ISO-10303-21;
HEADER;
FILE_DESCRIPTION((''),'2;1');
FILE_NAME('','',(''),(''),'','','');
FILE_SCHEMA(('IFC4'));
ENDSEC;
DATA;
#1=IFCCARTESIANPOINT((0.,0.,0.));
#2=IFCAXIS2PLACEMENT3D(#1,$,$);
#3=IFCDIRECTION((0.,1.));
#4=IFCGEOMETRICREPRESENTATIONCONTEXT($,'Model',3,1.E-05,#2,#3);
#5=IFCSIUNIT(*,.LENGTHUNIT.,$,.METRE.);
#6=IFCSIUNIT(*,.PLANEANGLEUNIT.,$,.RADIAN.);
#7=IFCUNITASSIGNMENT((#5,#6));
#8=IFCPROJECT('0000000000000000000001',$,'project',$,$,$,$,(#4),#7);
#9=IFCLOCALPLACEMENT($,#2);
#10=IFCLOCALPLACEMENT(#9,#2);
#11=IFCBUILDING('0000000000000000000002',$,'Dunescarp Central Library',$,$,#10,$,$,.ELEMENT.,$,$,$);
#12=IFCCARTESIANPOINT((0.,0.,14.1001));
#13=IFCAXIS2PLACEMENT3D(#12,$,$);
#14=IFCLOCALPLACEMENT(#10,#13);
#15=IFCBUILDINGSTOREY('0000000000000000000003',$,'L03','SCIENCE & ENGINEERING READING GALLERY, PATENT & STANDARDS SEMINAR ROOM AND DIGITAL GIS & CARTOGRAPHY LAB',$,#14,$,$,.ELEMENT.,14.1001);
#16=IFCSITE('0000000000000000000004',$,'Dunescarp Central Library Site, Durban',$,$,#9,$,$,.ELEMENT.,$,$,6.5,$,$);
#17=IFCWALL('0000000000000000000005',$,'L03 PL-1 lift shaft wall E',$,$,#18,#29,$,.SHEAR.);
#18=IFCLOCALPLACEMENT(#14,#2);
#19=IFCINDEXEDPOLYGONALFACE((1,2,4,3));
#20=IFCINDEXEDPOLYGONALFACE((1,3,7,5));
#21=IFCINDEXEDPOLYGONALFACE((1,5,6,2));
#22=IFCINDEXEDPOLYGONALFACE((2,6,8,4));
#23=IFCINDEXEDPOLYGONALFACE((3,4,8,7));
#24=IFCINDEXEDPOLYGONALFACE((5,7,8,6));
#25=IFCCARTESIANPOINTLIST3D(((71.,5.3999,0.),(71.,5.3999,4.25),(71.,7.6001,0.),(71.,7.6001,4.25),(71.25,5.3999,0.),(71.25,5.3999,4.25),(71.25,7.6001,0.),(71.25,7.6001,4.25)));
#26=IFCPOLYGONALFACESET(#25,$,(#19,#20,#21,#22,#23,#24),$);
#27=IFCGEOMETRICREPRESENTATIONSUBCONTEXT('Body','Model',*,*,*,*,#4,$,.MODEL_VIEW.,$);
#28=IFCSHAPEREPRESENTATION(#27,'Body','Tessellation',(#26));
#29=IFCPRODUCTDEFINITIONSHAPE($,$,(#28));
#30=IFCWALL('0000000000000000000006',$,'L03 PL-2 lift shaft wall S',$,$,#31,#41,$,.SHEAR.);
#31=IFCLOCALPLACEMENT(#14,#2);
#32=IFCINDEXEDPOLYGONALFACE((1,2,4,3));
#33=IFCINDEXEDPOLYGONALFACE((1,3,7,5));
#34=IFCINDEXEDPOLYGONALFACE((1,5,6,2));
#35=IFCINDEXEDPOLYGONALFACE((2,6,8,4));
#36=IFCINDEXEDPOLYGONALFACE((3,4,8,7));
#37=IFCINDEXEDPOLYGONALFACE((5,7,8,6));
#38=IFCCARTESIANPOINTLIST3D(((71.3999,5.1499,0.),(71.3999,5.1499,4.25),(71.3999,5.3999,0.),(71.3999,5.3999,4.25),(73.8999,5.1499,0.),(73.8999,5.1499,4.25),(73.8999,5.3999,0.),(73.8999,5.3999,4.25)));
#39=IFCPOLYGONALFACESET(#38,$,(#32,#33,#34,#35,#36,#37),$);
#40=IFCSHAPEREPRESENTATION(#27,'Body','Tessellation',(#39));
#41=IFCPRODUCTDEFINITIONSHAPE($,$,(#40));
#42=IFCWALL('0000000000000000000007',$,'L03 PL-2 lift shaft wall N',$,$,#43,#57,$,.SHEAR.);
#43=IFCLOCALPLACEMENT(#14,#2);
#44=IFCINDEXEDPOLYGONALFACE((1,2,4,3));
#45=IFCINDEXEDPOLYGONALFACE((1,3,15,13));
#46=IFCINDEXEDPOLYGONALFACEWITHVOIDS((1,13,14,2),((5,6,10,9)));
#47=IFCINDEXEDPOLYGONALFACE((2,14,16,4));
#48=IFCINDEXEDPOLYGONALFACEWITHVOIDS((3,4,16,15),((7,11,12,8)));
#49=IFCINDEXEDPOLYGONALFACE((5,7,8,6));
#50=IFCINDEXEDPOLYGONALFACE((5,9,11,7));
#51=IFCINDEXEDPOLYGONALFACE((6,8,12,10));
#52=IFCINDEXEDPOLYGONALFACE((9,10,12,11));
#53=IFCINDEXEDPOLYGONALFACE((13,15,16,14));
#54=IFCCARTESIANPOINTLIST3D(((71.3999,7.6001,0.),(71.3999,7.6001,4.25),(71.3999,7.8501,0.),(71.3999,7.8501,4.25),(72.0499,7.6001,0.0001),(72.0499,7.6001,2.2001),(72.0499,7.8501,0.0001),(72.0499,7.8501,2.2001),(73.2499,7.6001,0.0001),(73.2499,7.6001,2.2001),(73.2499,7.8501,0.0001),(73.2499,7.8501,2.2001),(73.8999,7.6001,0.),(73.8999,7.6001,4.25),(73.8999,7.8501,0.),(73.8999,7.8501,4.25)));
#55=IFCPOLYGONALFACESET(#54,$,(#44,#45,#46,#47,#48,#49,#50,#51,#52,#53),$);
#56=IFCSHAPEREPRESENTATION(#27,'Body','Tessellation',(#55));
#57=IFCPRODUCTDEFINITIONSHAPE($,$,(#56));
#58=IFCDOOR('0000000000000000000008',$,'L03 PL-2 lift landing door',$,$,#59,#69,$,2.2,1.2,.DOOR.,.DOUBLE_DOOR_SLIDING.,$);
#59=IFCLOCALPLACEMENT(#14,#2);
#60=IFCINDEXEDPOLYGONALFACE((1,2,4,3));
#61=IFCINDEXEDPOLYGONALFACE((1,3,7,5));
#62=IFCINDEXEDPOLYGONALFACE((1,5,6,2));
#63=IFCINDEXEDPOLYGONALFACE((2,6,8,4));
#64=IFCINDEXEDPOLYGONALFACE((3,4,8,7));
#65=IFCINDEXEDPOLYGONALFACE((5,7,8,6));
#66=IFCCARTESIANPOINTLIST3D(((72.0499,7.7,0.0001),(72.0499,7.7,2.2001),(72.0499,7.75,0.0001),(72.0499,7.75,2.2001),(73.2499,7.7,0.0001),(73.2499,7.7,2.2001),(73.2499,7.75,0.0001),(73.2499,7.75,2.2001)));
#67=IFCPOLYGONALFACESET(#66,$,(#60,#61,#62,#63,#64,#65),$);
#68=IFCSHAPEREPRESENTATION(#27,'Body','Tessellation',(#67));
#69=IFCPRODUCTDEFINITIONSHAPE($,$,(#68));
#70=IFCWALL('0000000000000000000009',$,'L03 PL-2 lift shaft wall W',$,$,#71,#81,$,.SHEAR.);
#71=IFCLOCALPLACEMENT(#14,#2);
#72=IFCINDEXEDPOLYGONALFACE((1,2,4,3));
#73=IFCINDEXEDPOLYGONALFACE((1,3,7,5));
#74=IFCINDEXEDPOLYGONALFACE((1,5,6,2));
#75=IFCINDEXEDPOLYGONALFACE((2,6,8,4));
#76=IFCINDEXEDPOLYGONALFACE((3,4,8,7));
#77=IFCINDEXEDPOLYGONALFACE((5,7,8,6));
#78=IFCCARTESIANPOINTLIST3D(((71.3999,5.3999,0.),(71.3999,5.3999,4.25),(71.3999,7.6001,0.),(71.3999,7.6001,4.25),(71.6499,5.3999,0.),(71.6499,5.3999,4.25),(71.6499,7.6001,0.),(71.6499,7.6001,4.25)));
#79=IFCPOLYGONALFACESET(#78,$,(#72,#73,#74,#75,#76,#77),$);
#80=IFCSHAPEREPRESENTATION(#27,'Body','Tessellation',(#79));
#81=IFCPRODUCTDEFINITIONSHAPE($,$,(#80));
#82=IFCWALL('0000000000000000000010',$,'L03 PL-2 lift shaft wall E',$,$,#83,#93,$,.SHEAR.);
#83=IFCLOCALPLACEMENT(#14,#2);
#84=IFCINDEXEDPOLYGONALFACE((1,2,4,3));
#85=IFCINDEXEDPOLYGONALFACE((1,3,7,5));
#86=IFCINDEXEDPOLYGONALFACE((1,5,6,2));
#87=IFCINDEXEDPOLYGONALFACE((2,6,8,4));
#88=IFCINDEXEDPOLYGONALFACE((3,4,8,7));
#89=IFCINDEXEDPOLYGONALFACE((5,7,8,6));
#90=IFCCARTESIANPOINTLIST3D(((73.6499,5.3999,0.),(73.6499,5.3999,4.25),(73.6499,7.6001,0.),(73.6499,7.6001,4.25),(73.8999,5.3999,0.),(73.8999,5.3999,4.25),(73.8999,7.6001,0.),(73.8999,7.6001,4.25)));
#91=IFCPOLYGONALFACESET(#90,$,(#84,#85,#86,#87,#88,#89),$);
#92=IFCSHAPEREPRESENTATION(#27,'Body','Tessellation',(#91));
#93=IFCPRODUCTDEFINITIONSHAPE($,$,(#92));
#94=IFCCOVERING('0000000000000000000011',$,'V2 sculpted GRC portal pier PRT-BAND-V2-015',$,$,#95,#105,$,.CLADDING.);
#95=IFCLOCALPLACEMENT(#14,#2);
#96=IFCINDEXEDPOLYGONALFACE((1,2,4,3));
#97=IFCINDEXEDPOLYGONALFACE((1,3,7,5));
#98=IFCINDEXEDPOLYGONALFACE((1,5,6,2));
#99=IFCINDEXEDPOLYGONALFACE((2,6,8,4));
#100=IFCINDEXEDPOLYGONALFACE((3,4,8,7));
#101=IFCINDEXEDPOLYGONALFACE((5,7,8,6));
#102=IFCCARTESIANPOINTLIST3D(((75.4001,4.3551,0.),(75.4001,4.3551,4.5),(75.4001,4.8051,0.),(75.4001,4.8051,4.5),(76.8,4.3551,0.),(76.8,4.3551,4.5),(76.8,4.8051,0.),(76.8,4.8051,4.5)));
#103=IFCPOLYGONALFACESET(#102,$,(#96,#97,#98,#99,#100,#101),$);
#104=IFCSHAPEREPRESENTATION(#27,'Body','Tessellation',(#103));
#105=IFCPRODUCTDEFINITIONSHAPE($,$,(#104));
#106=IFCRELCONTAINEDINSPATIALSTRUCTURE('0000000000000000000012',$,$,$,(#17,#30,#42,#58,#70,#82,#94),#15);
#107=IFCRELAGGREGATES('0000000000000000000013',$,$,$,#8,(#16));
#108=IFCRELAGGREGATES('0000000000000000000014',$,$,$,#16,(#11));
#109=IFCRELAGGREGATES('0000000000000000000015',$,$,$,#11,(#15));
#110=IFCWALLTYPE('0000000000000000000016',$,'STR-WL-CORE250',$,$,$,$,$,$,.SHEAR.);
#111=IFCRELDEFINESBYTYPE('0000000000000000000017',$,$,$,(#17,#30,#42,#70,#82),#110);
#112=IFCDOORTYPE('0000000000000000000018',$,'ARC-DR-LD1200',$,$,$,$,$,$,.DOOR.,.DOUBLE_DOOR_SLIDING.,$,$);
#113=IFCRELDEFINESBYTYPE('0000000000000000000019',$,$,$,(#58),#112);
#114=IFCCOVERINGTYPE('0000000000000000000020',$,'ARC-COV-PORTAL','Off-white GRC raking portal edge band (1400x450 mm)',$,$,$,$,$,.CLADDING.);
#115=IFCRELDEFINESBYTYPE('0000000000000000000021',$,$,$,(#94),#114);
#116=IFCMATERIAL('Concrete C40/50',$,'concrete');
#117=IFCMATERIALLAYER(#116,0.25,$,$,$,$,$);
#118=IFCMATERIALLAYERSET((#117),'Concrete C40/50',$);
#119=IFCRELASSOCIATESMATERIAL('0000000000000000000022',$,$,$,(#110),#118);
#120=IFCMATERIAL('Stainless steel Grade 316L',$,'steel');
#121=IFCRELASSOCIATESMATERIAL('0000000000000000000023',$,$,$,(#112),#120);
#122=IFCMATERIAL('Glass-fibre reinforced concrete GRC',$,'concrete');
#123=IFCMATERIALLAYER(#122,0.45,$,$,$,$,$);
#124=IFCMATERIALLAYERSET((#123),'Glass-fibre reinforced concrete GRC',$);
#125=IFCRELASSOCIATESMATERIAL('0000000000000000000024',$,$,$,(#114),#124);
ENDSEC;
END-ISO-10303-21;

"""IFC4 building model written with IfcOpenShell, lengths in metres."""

from ifc_helpers import new_model, si_unit, direction, frame, frame_2d, origin, origin_2d, place, context, subcontext, project, spatial, rectangle, extrude, material, layer, layer_set, type_object, element, fill, save


model = new_model("IFC4")

# Units and contexts
model_context = context("Model", 3, precision=1e-05, world=origin(), true_north=direction((0.0, 1.0)))
body_context = subcontext(model_context, "Body", "Model", "MODEL_VIEW")
ifc_project = project(units=[si_unit("LENGTHUNIT", "METRE"), si_unit("PLANEANGLEUNIT", "RADIAN")], contexts=[model_context])

# Site, building, storey
site_placement = place(None, origin())
site = spatial("IfcSite", under=ifc_project, at=site_placement, Name="Dunescarp Central Library Site, Durban", CompositionType="ELEMENT", RefElevation=6.5)
building_placement = place(site_placement, origin())
building = spatial("IfcBuilding", under=site, at=building_placement, Name="Dunescarp Central Library", CompositionType="ELEMENT")
storey_placement = place(building_placement, frame((0.0, 0.0, 14.1001)))
storey = spatial("IfcBuildingStorey", under=building, at=storey_placement, Name="L03", Description="SCIENCE & ENGINEERING READING GALLERY, PATENT & STANDARDS SEMINAR ROOM AND DIGITAL GIS & CARTOGRAPHY LAB", CompositionType="ELEMENT", Elevation=14.1001)

# Shared definitions
ifc_material_1 = material(Name="Concrete C40/50", Category="concrete")
ifc_layer_1 = layer(ifc_material_1, 0.25)
ifc_layer_set_1 = layer_set([ifc_layer_1], Name="Concrete C40/50")
wall_type_1 = type_object("IfcWallType", Name="STR-WL-CORE250", PredefinedType="SHEAR", material=ifc_layer_set_1)

# Shared definitions
ifc_material_2 = material(Name="Stainless steel Grade 316L", Category="steel")
door_type_1 = type_object("IfcDoorType", Name="ARC-DR-LD1200", OperationType="DOUBLE_DOOR_SLIDING", PredefinedType="DOOR", material=ifc_material_2)

# Walls
for number, where, z_axis, x_axis, name in (
    (1, (71.125, 7.6001, 0.0), (0.0, 0.0, 1.0), (0.0, -1.0, 0.0), "L03 PL-1 lift shaft wall E"),
):
    element("IfcWall", number, at=place(storey_placement, frame(where, z_axis=z_axis, x_axis=x_axis)), inside=storey, type_object=wall_type_1, Name=name, PredefinedType="SHEAR", context=body_context, shape_type="SweptSolid", body=[
        extrude(rectangle(XDim=2.2002, YDim=0.25, at=frame_2d((1.1001, 0.0))), origin(), (0.0, 0.0, 1.0), 4.25),
    ])
wall_1_placement = place(storey_placement, frame((73.8999, 5.2749, 0.0), z_axis=(0.0, 0.0, 1.0), x_axis=(-1.0, 0.0, 0.0)))
element("IfcWall", 2, at=wall_1_placement, inside=storey, type_object=wall_type_1, Name="L03 PL-2 lift shaft wall S", PredefinedType="SHEAR", context=body_context, shape_type="SweptSolid", body=[
    extrude(rectangle(XDim=2.5, YDim=0.25, at=frame_2d((1.25, 0.0))), origin(), (0.0, 0.0, 1.0), 4.25),
])

# Wall, opening, door
wall_2_placement = place(storey_placement, frame((71.3999, 7.7251, 0.0), z_axis=(0.0, 0.0, 1.0), x_axis=(1.0, 0.0, 0.0)))
wall_2 = element("IfcWall", 3, at=wall_2_placement, inside=storey, type_object=wall_type_1, Name="L03 PL-2 lift shaft wall N", PredefinedType="SHEAR", context=body_context, shape_type="SweptSolid", body=[
    extrude(rectangle(XDim=2.5, YDim=0.25, at=frame_2d((1.25, 0.0))), origin(), (0.0, 0.0, 1.0), 4.25),
])
opening_1_placement = place(wall_2_placement, frame((0.6499, 0.0, 0.0)))
opening_1 = element("IfcOpeningElement", 4, at=opening_1_placement, cuts=wall_2, PredefinedType="OPENING", context=body_context, shape_type="SweptSolid", body=[
    extrude(rectangle(XDim=1.2, YDim=2.2, at=frame_2d((0.6001, 1.1001))), frame((0.0, 0.135, 0.0), z_axis=(0.0, -1.0, 0.0), x_axis=(1.0, 0.0, 0.0)), (0.0, 0.0, 1.0), 0.27),
])
door_1_placement = place(opening_1_placement, origin())
door_1 = element("IfcDoor", 5, at=door_1_placement, inside=storey, type_object=door_type_1, Name="L03 PL-2 lift landing door", OperationType="DOUBLE_DOOR_SLIDING", OverallHeight=2.2, OverallWidth=1.2, PredefinedType="DOOR", context=body_context, shape_type="SweptSolid", body=[
    extrude(rectangle(XDim=1.2, YDim=2.2, at=frame_2d((0.6001, 1.1001))), frame((0.0, 0.0249, 0.0), z_axis=(0.0, -1.0, 0.0), x_axis=(1.0, 0.0, 0.0)), (0.0, 0.0, 1.0), 0.05),
])
fill(opening_1, door_1)

# Walls
for number, where, z_axis, x_axis, name in (
    (6, (71.5249, 5.3999, 0.0), (0.0, 0.0, 1.0), (0.0, 1.0, 0.0), "L03 PL-2 lift shaft wall W"),
    (7, (73.7749, 7.6001, 0.0), (0.0, 0.0, 1.0), (0.0, -1.0, 0.0), "L03 PL-2 lift shaft wall E"),
):
    element("IfcWall", number, at=place(storey_placement, frame(where, z_axis=z_axis, x_axis=x_axis)), inside=storey, type_object=wall_type_1, Name=name, PredefinedType="SHEAR", context=body_context, shape_type="SweptSolid", body=[
        extrude(rectangle(XDim=2.2002, YDim=0.25, at=frame_2d((1.1001, 0.0))), origin(), (0.0, 0.0, 1.0), 4.25),
    ])

# Covering
ifc_material_3 = material(Name="Glass-fibre reinforced concrete GRC", Category="concrete")
ifc_layer_2 = layer(ifc_material_3, 0.45)
ifc_layer_set_2 = layer_set([ifc_layer_2], Name="Glass-fibre reinforced concrete GRC")
covering_type = type_object("IfcCoveringType", Name="ARC-COV-PORTAL", Description="Off-white GRC raking portal edge band (1400x450 mm)", PredefinedType="CLADDING", material=ifc_layer_set_2)
covering_placement = place(storey_placement, frame((76.1001, 4.5801, 0.0), z_axis=(0.0, 0.0, 1.0), x_axis=(1.0, 0.0, 0.0)))
element("IfcCovering", 8, at=covering_placement, inside=storey, type_object=covering_type, Name="V2 sculpted GRC portal pier PRT-BAND-V2-015", PredefinedType="CLADDING", context=body_context, shape_type="SweptSolid", body=[
    extrude(rectangle(XDim=1.3999, YDim=0.45, at=origin_2d()), origin(), (0.0, 0.0, 1.0), 4.5),
])

save(model, "model.ifc")
